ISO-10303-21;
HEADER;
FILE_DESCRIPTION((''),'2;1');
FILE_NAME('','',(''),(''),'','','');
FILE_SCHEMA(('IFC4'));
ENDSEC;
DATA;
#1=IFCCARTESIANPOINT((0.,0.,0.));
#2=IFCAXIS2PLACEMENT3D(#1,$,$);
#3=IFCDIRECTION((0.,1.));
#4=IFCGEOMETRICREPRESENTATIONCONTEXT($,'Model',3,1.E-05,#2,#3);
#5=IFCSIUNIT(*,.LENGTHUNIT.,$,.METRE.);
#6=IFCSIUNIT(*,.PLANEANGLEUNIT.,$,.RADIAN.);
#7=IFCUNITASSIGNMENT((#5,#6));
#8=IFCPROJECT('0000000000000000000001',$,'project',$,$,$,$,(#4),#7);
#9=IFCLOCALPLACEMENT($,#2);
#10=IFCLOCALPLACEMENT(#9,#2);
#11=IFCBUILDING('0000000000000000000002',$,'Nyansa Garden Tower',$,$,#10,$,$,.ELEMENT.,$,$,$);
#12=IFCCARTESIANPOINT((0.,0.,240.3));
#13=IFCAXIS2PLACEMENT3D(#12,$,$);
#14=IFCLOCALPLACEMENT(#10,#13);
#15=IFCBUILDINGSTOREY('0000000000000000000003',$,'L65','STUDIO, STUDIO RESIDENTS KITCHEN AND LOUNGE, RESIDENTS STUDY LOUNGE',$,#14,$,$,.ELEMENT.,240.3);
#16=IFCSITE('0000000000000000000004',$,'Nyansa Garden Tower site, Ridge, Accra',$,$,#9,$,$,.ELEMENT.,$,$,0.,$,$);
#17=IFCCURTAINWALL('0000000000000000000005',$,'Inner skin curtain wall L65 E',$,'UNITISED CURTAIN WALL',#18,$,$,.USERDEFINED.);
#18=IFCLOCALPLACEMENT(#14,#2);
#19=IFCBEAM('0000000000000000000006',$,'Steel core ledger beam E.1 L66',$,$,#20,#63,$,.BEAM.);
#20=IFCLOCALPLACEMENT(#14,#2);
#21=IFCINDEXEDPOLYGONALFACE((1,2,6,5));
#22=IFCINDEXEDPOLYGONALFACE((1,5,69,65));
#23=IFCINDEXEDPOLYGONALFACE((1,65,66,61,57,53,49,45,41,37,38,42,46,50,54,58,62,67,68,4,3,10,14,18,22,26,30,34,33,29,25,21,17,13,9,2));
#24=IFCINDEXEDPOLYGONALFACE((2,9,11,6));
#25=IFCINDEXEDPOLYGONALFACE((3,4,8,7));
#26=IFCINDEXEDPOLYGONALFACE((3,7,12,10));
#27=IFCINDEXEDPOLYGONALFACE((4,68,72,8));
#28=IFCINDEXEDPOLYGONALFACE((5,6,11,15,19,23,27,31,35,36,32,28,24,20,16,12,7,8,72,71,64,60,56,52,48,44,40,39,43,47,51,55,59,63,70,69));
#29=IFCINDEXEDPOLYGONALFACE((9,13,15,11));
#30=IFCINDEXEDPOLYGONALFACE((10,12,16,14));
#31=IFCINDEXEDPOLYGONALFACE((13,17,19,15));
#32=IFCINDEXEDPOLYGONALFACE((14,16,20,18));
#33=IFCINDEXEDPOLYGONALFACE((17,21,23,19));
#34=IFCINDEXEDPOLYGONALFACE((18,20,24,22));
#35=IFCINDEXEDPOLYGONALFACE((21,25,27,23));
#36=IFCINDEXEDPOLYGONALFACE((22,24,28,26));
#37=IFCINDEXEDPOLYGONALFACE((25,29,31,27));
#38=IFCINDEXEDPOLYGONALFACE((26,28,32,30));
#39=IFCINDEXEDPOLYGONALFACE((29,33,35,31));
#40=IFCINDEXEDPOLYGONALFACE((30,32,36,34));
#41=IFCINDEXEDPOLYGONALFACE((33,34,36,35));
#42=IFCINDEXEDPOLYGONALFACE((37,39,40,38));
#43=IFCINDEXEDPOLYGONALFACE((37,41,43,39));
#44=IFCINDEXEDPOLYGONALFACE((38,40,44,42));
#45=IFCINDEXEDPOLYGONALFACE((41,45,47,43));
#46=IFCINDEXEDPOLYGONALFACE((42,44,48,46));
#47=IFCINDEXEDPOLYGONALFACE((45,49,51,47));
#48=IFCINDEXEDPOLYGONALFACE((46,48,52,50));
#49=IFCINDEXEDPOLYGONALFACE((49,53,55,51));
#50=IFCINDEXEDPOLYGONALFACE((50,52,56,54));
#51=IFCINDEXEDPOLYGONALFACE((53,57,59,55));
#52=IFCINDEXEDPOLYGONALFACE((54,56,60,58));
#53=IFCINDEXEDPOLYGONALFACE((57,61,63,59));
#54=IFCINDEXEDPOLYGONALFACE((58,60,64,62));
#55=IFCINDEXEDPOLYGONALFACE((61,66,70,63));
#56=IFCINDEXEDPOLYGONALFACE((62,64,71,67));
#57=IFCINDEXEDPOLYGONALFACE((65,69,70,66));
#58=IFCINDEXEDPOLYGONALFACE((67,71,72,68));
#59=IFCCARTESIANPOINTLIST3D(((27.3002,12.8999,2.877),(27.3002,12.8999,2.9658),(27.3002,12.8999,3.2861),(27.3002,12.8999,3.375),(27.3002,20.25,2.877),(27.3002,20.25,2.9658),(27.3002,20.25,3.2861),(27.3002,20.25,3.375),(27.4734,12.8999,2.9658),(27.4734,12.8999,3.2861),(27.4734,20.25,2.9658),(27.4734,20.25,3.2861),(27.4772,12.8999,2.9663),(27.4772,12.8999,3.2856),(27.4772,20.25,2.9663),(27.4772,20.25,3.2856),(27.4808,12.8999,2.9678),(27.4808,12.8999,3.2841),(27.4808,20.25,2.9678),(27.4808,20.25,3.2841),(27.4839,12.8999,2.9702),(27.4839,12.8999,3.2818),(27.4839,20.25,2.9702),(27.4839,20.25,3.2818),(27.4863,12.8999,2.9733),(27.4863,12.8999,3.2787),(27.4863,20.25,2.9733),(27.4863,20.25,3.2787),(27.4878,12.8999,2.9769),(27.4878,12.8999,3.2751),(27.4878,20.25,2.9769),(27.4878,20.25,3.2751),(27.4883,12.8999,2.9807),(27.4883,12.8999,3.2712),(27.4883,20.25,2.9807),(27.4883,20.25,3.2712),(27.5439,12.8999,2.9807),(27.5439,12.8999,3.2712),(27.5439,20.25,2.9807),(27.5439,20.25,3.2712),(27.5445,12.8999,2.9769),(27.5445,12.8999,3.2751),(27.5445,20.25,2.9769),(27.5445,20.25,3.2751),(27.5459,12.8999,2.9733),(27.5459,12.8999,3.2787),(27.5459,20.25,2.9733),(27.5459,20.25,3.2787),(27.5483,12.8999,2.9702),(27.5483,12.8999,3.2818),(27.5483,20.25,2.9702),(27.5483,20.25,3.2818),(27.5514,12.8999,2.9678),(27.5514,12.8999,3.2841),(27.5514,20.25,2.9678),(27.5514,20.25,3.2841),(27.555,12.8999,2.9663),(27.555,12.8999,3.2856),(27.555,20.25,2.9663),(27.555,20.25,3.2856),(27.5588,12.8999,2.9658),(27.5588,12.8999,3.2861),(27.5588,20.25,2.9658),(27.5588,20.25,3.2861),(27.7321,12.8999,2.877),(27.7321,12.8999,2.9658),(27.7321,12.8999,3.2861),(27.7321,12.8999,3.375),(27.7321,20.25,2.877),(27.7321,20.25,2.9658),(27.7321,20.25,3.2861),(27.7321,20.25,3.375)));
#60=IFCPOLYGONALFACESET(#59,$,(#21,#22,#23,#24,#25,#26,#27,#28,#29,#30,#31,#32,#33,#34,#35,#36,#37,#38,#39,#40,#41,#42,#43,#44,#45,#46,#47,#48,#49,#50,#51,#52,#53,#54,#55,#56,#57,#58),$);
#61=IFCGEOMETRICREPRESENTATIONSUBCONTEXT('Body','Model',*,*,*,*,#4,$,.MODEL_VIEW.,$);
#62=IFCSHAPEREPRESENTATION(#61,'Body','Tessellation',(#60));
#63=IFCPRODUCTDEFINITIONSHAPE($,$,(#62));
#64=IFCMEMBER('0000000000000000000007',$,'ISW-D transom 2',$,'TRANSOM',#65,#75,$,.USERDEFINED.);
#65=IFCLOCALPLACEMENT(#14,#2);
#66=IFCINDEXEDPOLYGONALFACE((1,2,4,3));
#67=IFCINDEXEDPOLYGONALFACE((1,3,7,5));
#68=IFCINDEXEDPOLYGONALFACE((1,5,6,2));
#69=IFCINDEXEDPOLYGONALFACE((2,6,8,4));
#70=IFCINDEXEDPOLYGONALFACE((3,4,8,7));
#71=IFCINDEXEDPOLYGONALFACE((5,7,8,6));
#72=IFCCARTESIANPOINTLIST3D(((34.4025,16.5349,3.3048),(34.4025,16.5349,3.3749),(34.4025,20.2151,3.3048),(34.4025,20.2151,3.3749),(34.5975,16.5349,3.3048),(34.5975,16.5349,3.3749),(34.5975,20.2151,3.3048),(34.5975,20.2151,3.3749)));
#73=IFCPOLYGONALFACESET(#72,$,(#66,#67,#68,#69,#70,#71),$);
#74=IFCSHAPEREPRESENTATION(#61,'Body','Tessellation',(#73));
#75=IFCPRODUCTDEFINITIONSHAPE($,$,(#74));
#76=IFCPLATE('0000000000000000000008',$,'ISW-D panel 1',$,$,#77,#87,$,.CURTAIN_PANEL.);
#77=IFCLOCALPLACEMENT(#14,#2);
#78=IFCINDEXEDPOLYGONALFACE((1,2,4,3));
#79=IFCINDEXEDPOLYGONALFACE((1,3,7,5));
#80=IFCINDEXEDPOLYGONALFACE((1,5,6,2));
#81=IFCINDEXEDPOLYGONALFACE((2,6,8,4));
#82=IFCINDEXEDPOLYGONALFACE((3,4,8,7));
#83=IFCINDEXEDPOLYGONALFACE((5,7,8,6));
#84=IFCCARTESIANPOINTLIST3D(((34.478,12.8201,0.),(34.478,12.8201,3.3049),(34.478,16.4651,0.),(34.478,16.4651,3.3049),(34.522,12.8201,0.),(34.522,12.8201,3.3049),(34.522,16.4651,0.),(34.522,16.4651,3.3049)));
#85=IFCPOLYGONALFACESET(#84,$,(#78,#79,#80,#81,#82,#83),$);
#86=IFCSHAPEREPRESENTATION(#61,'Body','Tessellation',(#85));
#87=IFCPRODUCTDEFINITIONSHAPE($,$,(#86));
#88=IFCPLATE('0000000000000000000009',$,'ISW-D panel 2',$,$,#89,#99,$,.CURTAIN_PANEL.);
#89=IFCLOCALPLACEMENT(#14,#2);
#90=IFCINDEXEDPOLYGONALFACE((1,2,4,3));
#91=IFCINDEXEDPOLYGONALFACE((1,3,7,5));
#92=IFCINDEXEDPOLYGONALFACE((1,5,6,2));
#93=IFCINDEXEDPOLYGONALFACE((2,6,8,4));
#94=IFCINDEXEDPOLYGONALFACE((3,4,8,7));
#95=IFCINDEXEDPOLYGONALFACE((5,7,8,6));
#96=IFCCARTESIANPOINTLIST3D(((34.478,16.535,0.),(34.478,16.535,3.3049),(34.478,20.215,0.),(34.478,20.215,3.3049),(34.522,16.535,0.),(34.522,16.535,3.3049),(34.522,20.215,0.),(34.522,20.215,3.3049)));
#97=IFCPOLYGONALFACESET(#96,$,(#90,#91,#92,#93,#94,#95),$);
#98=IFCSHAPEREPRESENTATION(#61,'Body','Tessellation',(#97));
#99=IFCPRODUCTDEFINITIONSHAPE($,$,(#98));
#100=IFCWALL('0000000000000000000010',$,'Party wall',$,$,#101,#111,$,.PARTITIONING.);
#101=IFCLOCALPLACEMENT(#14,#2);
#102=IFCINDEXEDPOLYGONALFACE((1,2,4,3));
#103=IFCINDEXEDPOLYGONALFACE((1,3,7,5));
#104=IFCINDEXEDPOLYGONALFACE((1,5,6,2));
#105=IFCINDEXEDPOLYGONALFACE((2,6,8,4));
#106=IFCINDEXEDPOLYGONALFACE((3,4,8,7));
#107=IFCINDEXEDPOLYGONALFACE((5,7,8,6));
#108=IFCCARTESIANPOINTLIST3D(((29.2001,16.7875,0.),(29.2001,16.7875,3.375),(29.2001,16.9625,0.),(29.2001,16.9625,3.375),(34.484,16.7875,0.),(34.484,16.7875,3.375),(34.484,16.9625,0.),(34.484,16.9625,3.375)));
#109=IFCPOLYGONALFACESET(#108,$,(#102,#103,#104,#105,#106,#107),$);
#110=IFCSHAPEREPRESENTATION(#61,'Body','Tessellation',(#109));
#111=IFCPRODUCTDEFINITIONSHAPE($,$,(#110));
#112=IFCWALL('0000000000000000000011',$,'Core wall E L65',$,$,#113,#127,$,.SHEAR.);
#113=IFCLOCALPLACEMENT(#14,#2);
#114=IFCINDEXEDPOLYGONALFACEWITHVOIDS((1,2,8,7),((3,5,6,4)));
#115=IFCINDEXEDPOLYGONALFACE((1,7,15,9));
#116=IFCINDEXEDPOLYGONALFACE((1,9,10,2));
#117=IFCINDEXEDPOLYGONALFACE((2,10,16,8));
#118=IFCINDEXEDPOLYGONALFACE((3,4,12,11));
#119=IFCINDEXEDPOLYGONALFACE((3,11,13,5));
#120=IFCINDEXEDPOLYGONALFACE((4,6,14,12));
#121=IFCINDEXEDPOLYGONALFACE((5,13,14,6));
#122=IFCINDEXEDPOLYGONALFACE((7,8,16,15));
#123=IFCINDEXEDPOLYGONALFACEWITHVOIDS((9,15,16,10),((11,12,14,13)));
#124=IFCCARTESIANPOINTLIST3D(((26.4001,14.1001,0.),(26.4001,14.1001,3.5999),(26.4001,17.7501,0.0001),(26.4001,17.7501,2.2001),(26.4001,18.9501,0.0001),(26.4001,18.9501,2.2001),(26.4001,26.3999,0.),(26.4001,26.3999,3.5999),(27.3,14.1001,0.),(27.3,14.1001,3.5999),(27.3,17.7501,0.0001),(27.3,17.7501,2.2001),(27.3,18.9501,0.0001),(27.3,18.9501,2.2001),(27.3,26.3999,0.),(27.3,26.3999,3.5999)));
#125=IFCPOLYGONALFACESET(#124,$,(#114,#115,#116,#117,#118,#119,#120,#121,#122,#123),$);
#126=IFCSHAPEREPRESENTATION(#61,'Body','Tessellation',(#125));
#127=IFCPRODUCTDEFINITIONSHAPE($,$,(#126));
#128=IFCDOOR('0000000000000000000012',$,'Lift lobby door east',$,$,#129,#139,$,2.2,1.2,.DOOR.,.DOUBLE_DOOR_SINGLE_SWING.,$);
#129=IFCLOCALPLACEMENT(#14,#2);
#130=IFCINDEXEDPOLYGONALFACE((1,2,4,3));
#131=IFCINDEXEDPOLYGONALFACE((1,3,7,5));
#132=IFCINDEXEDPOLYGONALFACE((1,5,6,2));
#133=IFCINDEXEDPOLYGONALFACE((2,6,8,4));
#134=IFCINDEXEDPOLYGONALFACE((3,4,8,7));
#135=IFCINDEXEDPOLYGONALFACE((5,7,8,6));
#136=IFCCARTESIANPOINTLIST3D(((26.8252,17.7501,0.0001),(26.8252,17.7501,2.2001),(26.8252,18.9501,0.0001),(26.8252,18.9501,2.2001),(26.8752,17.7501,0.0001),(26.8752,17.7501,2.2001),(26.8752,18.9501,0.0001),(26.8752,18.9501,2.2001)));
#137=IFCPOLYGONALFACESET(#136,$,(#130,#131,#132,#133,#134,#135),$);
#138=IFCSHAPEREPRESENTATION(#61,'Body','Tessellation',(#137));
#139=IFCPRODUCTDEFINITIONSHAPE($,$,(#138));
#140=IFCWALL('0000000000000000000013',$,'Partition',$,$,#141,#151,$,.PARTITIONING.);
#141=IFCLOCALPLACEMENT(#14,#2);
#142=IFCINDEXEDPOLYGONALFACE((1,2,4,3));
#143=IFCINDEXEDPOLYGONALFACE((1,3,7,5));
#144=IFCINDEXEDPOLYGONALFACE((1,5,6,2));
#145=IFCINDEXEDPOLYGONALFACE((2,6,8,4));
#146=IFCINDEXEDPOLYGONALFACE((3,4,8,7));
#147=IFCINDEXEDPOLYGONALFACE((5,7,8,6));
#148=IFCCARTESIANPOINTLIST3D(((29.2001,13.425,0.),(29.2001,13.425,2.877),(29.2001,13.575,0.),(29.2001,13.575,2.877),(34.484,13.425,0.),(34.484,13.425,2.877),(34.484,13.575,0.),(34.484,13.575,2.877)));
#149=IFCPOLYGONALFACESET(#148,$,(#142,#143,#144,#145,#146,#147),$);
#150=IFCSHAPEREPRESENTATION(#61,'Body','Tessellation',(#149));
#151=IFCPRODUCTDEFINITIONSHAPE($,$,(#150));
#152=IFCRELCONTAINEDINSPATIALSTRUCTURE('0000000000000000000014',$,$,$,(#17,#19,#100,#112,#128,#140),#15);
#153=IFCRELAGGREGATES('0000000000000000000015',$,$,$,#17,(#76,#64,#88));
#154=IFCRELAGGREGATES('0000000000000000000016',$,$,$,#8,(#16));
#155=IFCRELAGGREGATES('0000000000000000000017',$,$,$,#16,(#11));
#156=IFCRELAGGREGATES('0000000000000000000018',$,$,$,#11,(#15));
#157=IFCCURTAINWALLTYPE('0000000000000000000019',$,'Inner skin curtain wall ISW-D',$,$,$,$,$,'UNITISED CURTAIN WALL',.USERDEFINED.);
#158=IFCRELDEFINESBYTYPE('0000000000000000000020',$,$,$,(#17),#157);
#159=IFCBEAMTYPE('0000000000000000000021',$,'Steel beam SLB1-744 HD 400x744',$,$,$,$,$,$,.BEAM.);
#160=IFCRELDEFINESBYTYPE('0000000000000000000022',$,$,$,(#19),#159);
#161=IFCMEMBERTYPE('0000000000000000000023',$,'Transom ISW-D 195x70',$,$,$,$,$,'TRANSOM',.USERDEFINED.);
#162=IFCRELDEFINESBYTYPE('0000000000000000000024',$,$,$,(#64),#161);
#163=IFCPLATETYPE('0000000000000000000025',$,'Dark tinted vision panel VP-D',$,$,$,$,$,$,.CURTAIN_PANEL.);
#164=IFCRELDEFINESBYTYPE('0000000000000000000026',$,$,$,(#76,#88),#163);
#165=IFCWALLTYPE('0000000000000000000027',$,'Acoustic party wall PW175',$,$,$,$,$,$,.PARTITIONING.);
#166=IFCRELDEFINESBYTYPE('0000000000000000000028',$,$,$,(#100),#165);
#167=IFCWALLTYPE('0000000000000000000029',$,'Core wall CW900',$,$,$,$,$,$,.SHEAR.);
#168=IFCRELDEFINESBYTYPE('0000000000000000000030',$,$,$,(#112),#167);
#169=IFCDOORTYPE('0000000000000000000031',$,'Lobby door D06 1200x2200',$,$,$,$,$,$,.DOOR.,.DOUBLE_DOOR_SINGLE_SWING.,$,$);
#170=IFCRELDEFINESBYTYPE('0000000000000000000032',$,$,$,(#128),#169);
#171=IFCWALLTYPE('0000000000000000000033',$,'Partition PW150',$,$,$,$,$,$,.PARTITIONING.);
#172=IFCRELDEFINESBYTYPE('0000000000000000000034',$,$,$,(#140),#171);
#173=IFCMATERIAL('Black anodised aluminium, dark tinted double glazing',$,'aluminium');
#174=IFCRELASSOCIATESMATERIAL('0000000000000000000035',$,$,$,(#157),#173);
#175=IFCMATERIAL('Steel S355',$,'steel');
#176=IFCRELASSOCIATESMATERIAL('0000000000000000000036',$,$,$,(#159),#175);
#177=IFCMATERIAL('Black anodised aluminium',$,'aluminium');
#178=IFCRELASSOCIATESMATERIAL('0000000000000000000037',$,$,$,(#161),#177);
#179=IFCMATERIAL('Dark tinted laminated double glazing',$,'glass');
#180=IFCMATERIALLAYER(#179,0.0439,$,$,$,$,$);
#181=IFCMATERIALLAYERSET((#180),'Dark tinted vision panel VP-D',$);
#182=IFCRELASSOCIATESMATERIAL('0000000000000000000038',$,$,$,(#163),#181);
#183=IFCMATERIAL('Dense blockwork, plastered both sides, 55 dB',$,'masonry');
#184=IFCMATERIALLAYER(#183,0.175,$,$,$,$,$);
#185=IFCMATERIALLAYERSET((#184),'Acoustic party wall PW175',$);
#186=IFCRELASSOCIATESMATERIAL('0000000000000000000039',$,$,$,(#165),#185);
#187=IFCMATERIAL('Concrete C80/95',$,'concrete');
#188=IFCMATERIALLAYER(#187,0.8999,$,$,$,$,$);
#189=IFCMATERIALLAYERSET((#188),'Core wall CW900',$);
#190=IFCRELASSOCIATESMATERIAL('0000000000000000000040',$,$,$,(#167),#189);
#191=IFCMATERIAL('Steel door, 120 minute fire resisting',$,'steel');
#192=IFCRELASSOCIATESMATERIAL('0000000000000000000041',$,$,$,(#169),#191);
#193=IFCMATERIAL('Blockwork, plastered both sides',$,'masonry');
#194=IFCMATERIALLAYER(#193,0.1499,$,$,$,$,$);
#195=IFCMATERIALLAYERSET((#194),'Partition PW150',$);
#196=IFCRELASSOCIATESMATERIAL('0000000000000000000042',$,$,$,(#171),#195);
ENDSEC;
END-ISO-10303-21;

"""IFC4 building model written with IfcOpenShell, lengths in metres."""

from ifc_helpers import new_model, si_unit, direction, frame, frame_2d, origin, origin_2d, place, context, subcontext, project, spatial, rectangle, i_section, extrude, material, layer, layer_set, material_profile, profile_set, type_object, element, fill, aggregate, save


model = new_model("IFC4")

# Units and contexts
model_context = context("Model", 3, precision=1e-05, world=origin(), true_north=direction((0.0, 1.0)))
body_context = subcontext(model_context, "Body", "Model", "MODEL_VIEW")
ifc_project = project(units=[si_unit("LENGTHUNIT", "METRE"), si_unit("PLANEANGLEUNIT", "RADIAN")], contexts=[model_context])

# Site, building, storey
site_placement = place(None, origin())
site = spatial("IfcSite", under=ifc_project, at=site_placement, Name="Nyansa Garden Tower site, Ridge, Accra", CompositionType="ELEMENT", RefElevation=0.0)
building_placement = place(site_placement, origin())
building = spatial("IfcBuilding", under=site, at=building_placement, Name="Nyansa Garden Tower", CompositionType="ELEMENT")
storey_placement = place(building_placement, frame((0.0, 0.0, 240.3)))
storey = spatial("IfcBuildingStorey", under=building, at=storey_placement, Name="L65", Description="STUDIO, STUDIO RESIDENTS KITCHEN AND LOUNGE, RESIDENTS STUDY LOUNGE", CompositionType="ELEMENT", Elevation=240.3)

# Curtain wall
ifc_material_1 = material(Name="Black anodised aluminium, dark tinted double glazing", Category="aluminium")
curtain_wall_type = type_object("IfcCurtainWallType", Name="Inner skin curtain wall ISW-D", ElementType="UNITISED CURTAIN WALL", PredefinedType="USERDEFINED", material=ifc_material_1)
curtain_wall_placement = place(storey_placement, origin())
curtain_wall = element("IfcCurtainWall", 1, at=curtain_wall_placement, inside=storey, type_object=curtain_wall_type, Name="Inner skin curtain wall L65 E", ObjectType="UNITISED CURTAIN WALL", PredefinedType="USERDEFINED")

# Beam
ifc_material_2 = material(Name="Steel S355", Category="steel")
ifc_material_profile_1 = material_profile(ifc_material_2, i_section(OverallWidth=0.4319, OverallDepth=0.498, WebThickness=0.0557, FlangeThickness=0.0889, FilletRadius=0.0149, at=origin_2d()), Name="HD 400x744")
ifc_profile_set_1 = profile_set([ifc_material_profile_1], Name="Steel S355")
beam_type_1 = type_object("IfcBeamType", Name="Steel beam SLB1-744 HD 400x744", PredefinedType="BEAM", material=ifc_profile_set_1)
beam_1_placement = place(storey_placement, frame((27.5161, 12.8999, 3.126), z_axis=(0.0, 1.0, 0.0), x_axis=(-1.0, 0.0, 0.0)))
element("IfcBeam", 2, at=beam_1_placement, inside=storey, type_object=beam_type_1, Name="Steel core ledger beam E.1 L66", PredefinedType="BEAM", context=body_context, shape_type="SweptSolid", body=[
    extrude(i_section(OverallWidth=0.4319, OverallDepth=0.498, WebThickness=0.0557, FlangeThickness=0.0889, FilletRadius=0.0149, at=origin_2d()), origin(), (0.0, 0.0, 1.0), 7.3501),
])

# Member
ifc_material_3 = material(Name="Black anodised aluminium", Category="aluminium")
ifc_material_profile_2 = material_profile(ifc_material_3, rectangle(XDim=0.1951, YDim=0.0701, at=origin_2d()), Name="Transom 195x70")
ifc_profile_set_2 = profile_set([ifc_material_profile_2], Name="Black anodised aluminium")
member_type_1 = type_object("IfcMemberType", Name="Transom ISW-D 195x70", ElementType="TRANSOM", PredefinedType="USERDEFINED", material=ifc_profile_set_2)
member_1_placement = place(storey_placement, frame((34.5, 16.5349, 3.3398), z_axis=(0.0, 1.0, 0.0), x_axis=(-1.0, 0.0, 0.0)))
member_1 = element("IfcMember", 3, at=member_1_placement, type_object=member_type_1, Name="ISW-D transom 2", ObjectType="TRANSOM", PredefinedType="USERDEFINED", context=body_context, shape_type="SweptSolid", body=[
    extrude(rectangle(XDim=0.1951, YDim=0.0701, at=origin_2d()), origin(), (0.0, 0.0, 1.0), 3.6802),
])

# Plates
ifc_material_4 = material(Name="Dark tinted laminated double glazing", Category="glass")
ifc_layer_1 = layer(ifc_material_4, 0.0439)
ifc_layer_set_1 = layer_set([ifc_layer_1], Name="Dark tinted vision panel VP-D")
plate_type = type_object("IfcPlateType", Name="Dark tinted vision panel VP-D", PredefinedType="CURTAIN_PANEL", material=ifc_layer_set_1)
plate_1_placement = place(storey_placement, frame((34.5, 14.6426, 0.0), z_axis=(0.0, 0.0, 1.0), x_axis=(0.0, 1.0, 0.0)))
plate_1 = element("IfcPlate", 4, at=plate_1_placement, type_object=plate_type, Name="ISW-D panel 1", PredefinedType="CURTAIN_PANEL", context=body_context, shape_type="SweptSolid", body=[
    extrude(rectangle(XDim=3.645, YDim=0.0439, at=origin_2d()), origin(), (0.0, 0.0, 1.0), 3.3049),
])
plate_2_placement = place(storey_placement, frame((34.5, 18.375, 0.0), z_axis=(0.0, 0.0, 1.0), x_axis=(0.0, 1.0, 0.0)))
plate_2 = element("IfcPlate", 5, at=plate_2_placement, type_object=plate_type, Name="ISW-D panel 2", PredefinedType="CURTAIN_PANEL", context=body_context, shape_type="SweptSolid", body=[
    extrude(rectangle(XDim=3.6799, YDim=0.0439, at=origin_2d()), origin(), (0.0, 0.0, 1.0), 3.3049),
])
aggregate(curtain_wall, [plate_1, member_1, plate_2])

# Wall
ifc_material_5 = material(Name="Dense blockwork, plastered both sides, 55 dB", Category="masonry")
ifc_layer_2 = layer(ifc_material_5, 0.175)
ifc_layer_set_2 = layer_set([ifc_layer_2], Name="Acoustic party wall PW175")
wall_type_1 = type_object("IfcWallType", Name="Acoustic party wall PW175", PredefinedType="PARTITIONING", material=ifc_layer_set_2)
wall_1_placement = place(storey_placement, frame((29.2, 16.875, 0.0), z_axis=(0.0, 0.0, 1.0), x_axis=(1.0, 0.0, 0.0)))
element("IfcWall", 6, at=wall_1_placement, inside=storey, type_object=wall_type_1, Name="Party wall", PredefinedType="PARTITIONING", context=body_context, shape_type="SweptSolid", body=[
    extrude(rectangle(XDim=5.2839, YDim=0.175, at=frame_2d((2.6421, 0.0))), origin(), (0.0, 0.0, 1.0), 3.375),
])

# Wall, opening, door
ifc_material_6 = material(Name="Concrete C80/95", Category="concrete")
ifc_layer_3 = layer(ifc_material_6, 0.8999)
ifc_layer_set_3 = layer_set([ifc_layer_3], Name="Core wall CW900")
wall_type_2 = type_object("IfcWallType", Name="Core wall CW900", PredefinedType="SHEAR", material=ifc_layer_set_3)
wall_2_placement = place(storey_placement, frame((26.8501, 14.1001, 0.0), z_axis=(0.0, 0.0, 1.0), x_axis=(0.0, 1.0, 0.0)))
wall_2 = element("IfcWall", 7, at=wall_2_placement, inside=storey, type_object=wall_type_2, Name="Core wall E L65", PredefinedType="SHEAR", context=body_context, shape_type="SweptSolid", body=[
    extrude(rectangle(XDim=12.2998, YDim=0.8999, at=frame_2d((6.1499, 0.0))), origin(), (0.0, 0.0, 1.0), 3.5999),
])
opening_1_placement = place(wall_2_placement, frame((3.6499, 0.0, 0.0)))
opening_1 = element("IfcOpeningElement", 8, at=opening_1_placement, cuts=wall_2, PredefinedType="OPENING", context=body_context, shape_type="SweptSolid", body=[
    extrude(rectangle(XDim=1.2, YDim=2.2, at=frame_2d((0.6001, 1.1001))), frame((0.0, 0.46, 0.0), z_axis=(0.0, -1.0, 0.0), x_axis=(1.0, 0.0, 0.0)), (0.0, 0.0, 1.0), 0.9199),
])
ifc_material_7 = material(Name="Steel door, 120 minute fire resisting", Category="steel")
door_type_1 = type_object("IfcDoorType", Name="Lobby door D06 1200x2200", OperationType="DOUBLE_DOOR_SINGLE_SWING", PredefinedType="DOOR", material=ifc_material_7)
door_1_placement = place(opening_1_placement, origin())
door_1 = element("IfcDoor", 9, at=door_1_placement, inside=storey, type_object=door_type_1, Name="Lift lobby door east", OperationType="DOUBLE_DOOR_SINGLE_SWING", OverallHeight=2.2, OverallWidth=1.2, PredefinedType="DOOR", context=body_context, shape_type="SweptSolid", body=[
    extrude(rectangle(XDim=1.2, YDim=2.2, at=frame_2d((0.6001, 1.1001))), frame((0.0, 0.0249, 0.0), z_axis=(0.0, -1.0, 0.0), x_axis=(1.0, 0.0, 0.0)), (0.0, 0.0, 1.0), 0.05),
])
fill(opening_1, door_1)

# Wall
ifc_material_8 = material(Name="Blockwork, plastered both sides", Category="masonry")
ifc_layer_4 = layer(ifc_material_8, 0.1499)
ifc_layer_set_4 = layer_set([ifc_layer_4], Name="Partition PW150")
wall_type_3 = type_object("IfcWallType", Name="Partition PW150", PredefinedType="PARTITIONING", material=ifc_layer_set_4)
wall_3_placement = place(storey_placement, frame((29.2, 13.5, 0.0), z_axis=(0.0, 0.0, 1.0), x_axis=(1.0, 0.0, 0.0)))
element("IfcWall", 10, at=wall_3_placement, inside=storey, type_object=wall_type_3, Name="Partition", PredefinedType="PARTITIONING", context=body_context, shape_type="SweptSolid", body=[
    extrude(rectangle(XDim=5.2839, YDim=0.1499, at=frame_2d((2.6421, 0.0))), origin(), (0.0, 0.0, 1.0), 2.877),
])

save(model, "model.ifc")
